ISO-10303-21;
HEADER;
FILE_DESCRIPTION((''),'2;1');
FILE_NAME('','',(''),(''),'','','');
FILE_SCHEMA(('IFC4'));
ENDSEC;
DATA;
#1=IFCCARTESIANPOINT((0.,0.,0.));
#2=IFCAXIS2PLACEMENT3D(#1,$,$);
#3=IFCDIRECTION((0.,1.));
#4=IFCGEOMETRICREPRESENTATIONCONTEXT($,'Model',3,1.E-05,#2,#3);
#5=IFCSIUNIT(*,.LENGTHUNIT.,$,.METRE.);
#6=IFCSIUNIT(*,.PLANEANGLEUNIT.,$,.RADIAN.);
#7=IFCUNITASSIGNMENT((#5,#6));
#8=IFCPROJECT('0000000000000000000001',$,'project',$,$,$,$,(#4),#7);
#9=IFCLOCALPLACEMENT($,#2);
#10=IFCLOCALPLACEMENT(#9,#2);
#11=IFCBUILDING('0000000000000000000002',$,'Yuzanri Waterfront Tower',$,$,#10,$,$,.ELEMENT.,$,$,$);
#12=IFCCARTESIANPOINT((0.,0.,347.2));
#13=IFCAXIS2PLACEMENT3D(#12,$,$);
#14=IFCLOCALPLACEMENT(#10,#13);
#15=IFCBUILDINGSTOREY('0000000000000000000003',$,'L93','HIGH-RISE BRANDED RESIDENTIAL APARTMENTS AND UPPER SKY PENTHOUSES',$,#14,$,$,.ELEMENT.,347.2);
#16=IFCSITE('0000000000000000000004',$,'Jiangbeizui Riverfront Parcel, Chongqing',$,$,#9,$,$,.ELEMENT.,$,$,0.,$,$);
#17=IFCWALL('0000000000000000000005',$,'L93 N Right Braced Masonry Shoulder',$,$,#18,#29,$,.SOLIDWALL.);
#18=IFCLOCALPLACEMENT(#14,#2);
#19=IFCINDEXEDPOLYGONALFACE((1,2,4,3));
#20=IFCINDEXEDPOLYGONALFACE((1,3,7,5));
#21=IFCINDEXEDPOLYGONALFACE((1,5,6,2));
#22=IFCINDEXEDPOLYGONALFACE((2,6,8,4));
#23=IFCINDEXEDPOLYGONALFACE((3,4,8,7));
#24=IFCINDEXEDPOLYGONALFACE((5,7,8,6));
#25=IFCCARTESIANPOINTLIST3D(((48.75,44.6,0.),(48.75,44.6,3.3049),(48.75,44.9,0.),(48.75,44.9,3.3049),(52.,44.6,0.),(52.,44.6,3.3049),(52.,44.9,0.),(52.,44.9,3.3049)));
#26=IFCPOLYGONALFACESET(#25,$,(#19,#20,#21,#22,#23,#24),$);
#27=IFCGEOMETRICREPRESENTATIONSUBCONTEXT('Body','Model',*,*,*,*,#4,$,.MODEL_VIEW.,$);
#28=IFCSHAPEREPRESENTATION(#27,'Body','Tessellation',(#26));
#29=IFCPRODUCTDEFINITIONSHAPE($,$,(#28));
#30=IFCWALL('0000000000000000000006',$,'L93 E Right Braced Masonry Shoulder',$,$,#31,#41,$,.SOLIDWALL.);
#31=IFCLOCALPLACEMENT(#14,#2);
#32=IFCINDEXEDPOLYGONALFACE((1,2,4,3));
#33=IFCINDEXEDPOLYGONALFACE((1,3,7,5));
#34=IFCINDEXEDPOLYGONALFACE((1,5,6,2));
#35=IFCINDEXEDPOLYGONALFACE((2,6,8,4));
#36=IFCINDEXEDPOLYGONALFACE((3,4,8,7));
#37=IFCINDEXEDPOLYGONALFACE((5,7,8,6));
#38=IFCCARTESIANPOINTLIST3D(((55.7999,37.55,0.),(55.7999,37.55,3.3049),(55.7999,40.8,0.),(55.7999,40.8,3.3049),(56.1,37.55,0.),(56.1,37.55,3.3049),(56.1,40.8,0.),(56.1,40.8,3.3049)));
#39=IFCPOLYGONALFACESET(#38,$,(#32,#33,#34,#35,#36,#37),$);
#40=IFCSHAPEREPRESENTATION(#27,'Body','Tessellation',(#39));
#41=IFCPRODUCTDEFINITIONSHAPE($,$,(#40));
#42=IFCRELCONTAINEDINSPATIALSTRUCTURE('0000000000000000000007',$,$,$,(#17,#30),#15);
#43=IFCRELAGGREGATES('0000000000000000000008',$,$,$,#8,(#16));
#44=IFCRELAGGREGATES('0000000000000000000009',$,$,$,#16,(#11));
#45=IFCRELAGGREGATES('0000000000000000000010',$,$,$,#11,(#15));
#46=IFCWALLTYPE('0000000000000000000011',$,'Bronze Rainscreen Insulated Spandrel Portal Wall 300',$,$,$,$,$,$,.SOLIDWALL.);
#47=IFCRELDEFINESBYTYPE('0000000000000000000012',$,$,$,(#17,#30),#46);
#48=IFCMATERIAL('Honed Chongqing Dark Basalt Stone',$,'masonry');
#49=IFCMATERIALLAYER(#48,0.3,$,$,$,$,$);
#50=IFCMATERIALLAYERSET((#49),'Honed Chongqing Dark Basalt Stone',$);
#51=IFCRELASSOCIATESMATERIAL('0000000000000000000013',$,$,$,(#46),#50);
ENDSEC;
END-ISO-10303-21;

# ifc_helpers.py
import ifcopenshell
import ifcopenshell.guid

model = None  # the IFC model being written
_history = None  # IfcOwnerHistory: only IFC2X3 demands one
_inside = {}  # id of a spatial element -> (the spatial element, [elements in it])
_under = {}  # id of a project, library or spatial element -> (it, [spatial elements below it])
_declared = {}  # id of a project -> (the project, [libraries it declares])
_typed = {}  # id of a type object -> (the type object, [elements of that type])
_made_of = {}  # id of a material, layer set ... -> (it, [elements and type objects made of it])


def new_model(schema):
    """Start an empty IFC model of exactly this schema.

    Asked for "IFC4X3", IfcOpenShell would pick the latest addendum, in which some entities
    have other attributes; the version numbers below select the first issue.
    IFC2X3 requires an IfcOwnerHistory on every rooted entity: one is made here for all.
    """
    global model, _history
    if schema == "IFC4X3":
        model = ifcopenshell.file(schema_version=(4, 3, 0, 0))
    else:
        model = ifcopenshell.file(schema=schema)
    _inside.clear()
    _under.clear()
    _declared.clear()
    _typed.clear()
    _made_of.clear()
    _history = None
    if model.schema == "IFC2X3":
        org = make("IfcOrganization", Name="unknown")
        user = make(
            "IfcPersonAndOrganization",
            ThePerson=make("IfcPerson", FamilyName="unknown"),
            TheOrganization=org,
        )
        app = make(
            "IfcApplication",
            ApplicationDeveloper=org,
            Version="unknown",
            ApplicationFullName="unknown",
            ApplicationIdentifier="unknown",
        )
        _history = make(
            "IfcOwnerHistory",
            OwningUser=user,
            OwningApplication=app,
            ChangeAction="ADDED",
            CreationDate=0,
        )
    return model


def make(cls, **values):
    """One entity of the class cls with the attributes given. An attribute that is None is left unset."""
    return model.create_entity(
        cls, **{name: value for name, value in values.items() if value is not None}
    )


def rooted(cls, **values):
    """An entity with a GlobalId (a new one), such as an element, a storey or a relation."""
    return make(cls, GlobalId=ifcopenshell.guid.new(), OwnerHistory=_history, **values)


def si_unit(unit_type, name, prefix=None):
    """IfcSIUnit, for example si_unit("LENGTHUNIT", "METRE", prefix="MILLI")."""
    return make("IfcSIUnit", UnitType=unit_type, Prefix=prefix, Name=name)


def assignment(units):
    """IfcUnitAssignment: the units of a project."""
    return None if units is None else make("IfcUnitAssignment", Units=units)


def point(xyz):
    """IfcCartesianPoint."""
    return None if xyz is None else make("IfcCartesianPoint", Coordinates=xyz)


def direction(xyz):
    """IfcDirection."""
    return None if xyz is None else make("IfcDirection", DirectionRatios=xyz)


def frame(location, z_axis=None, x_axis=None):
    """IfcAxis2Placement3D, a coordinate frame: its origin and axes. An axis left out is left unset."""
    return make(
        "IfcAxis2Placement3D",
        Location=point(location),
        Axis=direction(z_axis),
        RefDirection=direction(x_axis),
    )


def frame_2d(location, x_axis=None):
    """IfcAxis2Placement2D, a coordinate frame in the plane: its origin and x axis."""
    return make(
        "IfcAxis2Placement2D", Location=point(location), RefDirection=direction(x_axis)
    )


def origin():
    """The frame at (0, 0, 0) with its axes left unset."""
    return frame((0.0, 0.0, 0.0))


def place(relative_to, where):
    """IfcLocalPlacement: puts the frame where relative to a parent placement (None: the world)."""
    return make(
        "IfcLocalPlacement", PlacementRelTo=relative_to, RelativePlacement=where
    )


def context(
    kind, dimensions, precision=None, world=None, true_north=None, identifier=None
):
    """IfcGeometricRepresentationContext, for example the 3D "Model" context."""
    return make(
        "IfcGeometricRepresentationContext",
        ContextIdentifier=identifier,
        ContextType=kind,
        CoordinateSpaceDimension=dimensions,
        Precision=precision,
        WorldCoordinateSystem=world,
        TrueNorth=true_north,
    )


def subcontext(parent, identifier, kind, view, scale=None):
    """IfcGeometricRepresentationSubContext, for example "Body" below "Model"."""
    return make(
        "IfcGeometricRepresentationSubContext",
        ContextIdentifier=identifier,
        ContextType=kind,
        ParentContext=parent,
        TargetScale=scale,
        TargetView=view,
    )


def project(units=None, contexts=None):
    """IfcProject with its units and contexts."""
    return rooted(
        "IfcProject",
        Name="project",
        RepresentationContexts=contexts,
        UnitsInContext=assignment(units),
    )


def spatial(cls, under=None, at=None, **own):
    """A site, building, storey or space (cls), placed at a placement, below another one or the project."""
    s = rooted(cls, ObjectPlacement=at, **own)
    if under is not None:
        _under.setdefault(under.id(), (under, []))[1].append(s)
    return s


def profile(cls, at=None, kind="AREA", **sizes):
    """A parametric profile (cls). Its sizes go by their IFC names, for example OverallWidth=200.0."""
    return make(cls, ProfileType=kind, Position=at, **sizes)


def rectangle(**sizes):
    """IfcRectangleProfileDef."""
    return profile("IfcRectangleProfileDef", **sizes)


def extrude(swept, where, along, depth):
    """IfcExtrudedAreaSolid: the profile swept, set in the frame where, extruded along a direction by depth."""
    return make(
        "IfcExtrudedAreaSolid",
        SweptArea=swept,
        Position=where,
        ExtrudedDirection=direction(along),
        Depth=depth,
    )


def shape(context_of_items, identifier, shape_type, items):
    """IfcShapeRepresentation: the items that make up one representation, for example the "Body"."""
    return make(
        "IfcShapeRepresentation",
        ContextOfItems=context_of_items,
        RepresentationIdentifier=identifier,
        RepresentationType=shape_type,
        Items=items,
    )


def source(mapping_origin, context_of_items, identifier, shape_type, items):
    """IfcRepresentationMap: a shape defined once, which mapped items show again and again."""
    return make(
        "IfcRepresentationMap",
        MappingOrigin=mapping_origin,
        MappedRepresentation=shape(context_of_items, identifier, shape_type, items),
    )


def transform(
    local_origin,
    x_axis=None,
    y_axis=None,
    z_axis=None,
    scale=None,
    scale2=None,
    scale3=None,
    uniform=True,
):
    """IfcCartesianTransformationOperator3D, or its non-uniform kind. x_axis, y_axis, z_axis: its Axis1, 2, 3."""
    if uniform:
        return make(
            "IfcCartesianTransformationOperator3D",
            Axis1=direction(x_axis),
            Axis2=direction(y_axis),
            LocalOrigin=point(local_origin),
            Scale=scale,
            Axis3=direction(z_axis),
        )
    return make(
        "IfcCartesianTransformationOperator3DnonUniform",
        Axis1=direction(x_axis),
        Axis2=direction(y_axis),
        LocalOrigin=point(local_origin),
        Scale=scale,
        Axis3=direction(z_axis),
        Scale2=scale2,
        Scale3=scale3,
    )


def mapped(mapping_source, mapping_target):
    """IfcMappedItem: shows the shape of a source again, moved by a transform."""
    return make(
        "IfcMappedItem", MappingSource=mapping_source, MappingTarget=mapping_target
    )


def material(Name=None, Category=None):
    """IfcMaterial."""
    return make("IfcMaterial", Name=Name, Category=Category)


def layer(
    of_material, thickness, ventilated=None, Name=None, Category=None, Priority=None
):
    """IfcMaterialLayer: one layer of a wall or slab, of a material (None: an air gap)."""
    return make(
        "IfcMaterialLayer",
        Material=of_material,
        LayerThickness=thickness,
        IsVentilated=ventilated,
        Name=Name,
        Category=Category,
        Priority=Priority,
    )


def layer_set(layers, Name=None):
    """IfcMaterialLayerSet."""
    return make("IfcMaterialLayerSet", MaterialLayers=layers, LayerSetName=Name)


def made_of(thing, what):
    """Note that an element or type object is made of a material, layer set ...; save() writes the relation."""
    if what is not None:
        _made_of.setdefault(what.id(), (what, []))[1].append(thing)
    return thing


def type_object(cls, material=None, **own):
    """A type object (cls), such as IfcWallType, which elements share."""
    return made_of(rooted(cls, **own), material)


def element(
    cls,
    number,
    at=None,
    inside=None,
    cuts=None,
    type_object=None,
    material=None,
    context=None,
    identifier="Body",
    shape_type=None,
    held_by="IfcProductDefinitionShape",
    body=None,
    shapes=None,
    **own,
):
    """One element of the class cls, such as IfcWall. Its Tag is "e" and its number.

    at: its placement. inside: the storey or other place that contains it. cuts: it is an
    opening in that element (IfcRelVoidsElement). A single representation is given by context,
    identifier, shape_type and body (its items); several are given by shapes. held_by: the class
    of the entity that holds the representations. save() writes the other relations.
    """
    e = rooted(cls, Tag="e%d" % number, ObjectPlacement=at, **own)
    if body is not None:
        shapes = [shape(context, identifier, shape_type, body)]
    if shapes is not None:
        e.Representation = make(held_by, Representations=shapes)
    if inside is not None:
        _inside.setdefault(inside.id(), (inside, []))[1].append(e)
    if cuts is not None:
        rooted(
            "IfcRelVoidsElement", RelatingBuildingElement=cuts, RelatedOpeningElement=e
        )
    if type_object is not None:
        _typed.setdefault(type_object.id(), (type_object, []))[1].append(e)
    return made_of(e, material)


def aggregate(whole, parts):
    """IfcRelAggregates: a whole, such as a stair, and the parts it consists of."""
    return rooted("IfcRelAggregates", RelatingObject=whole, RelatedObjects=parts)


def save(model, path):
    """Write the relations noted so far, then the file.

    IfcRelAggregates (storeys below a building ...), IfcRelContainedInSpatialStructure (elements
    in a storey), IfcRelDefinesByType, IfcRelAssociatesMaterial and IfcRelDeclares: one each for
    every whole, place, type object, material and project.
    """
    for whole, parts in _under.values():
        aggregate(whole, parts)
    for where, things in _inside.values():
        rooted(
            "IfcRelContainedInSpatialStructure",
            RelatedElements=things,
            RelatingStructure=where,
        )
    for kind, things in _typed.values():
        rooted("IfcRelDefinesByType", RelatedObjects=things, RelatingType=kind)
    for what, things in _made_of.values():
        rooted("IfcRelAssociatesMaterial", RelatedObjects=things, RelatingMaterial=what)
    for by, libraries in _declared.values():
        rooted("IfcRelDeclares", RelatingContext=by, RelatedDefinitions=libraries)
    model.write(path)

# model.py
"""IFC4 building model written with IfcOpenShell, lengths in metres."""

from ifc_helpers import new_model, si_unit, direction, frame, frame_2d, origin, place, context, subcontext, project, spatial, rectangle, extrude, source, transform, mapped, material, layer, layer_set, type_object, element, save


model = new_model("IFC4")

# Units and contexts
model_context = context("Model", 3, precision=1e-05, world=origin(), true_north=direction((0.0, 1.0)))
body_context = subcontext(model_context, "Body", "Model", "MODEL_VIEW")
ifc_project = project(units=[si_unit("LENGTHUNIT", "METRE"), si_unit("PLANEANGLEUNIT", "RADIAN")], contexts=[model_context])

# Site, building, storey
site_placement = place(None, origin())
site = spatial("IfcSite", under=ifc_project, at=site_placement, Name="Jiangbeizui Riverfront Parcel, Chongqing", CompositionType="ELEMENT", RefElevation=0.0)
building_placement = place(site_placement, origin())
building = spatial("IfcBuilding", under=site, at=building_placement, Name="Yuzanri Waterfront Tower", CompositionType="ELEMENT")
storey_placement = place(building_placement, frame((0.0, 0.0, 347.2)))
storey = spatial("IfcBuildingStorey", under=building, at=storey_placement, Name="L93", Description="HIGH-RISE BRANDED RESIDENTIAL APARTMENTS AND UPPER SKY PENTHOUSES", CompositionType="ELEMENT", Elevation=347.2)

# Shared definitions
ifc_material_1 = material(Name="Honed Chongqing Dark Basalt Stone", Category="masonry")
ifc_layer_1 = layer(ifc_material_1, 0.3)
ifc_layer_set_1 = layer_set([ifc_layer_1], Name="Honed Chongqing Dark Basalt Stone")
wall_type_1 = type_object("IfcWallType", Name="Bronze Rainscreen Insulated Spandrel Portal Wall 300", PredefinedType="SOLIDWALL", material=ifc_layer_set_1)

# Walls
shared_shape_1 = source(origin(), body_context, "Body", "SweptSolid", [
    extrude(rectangle(XDim=3.25, YDim=0.3, at=frame_2d((1.625, 0.0))), origin(), (0.0, 0.0, 1.0), 3.3049),
])
for number, where, z_axis, x_axis, name in (
    (1, (48.75, 44.75, 0.0), (0.0, 0.0, 1.0), (1.0, 0.0, 0.0), "L93 N Right Braced Masonry Shoulder"),
    (2, (55.95, 37.55, 0.0), (0.0, 0.0, 1.0), (0.0, 1.0, 0.0), "L93 E Right Braced Masonry Shoulder"),
):
    element("IfcWall", number, at=place(storey_placement, frame(where, z_axis=z_axis, x_axis=x_axis)), inside=storey, type_object=wall_type_1, Name=name, PredefinedType="SOLIDWALL", context=body_context, shape_type="MappedRepresentation", body=[
        mapped(shared_shape_1, transform((0.0, 0.0, 0.0), scale=1.0)),
    ])

save(model, "model.ifc")
